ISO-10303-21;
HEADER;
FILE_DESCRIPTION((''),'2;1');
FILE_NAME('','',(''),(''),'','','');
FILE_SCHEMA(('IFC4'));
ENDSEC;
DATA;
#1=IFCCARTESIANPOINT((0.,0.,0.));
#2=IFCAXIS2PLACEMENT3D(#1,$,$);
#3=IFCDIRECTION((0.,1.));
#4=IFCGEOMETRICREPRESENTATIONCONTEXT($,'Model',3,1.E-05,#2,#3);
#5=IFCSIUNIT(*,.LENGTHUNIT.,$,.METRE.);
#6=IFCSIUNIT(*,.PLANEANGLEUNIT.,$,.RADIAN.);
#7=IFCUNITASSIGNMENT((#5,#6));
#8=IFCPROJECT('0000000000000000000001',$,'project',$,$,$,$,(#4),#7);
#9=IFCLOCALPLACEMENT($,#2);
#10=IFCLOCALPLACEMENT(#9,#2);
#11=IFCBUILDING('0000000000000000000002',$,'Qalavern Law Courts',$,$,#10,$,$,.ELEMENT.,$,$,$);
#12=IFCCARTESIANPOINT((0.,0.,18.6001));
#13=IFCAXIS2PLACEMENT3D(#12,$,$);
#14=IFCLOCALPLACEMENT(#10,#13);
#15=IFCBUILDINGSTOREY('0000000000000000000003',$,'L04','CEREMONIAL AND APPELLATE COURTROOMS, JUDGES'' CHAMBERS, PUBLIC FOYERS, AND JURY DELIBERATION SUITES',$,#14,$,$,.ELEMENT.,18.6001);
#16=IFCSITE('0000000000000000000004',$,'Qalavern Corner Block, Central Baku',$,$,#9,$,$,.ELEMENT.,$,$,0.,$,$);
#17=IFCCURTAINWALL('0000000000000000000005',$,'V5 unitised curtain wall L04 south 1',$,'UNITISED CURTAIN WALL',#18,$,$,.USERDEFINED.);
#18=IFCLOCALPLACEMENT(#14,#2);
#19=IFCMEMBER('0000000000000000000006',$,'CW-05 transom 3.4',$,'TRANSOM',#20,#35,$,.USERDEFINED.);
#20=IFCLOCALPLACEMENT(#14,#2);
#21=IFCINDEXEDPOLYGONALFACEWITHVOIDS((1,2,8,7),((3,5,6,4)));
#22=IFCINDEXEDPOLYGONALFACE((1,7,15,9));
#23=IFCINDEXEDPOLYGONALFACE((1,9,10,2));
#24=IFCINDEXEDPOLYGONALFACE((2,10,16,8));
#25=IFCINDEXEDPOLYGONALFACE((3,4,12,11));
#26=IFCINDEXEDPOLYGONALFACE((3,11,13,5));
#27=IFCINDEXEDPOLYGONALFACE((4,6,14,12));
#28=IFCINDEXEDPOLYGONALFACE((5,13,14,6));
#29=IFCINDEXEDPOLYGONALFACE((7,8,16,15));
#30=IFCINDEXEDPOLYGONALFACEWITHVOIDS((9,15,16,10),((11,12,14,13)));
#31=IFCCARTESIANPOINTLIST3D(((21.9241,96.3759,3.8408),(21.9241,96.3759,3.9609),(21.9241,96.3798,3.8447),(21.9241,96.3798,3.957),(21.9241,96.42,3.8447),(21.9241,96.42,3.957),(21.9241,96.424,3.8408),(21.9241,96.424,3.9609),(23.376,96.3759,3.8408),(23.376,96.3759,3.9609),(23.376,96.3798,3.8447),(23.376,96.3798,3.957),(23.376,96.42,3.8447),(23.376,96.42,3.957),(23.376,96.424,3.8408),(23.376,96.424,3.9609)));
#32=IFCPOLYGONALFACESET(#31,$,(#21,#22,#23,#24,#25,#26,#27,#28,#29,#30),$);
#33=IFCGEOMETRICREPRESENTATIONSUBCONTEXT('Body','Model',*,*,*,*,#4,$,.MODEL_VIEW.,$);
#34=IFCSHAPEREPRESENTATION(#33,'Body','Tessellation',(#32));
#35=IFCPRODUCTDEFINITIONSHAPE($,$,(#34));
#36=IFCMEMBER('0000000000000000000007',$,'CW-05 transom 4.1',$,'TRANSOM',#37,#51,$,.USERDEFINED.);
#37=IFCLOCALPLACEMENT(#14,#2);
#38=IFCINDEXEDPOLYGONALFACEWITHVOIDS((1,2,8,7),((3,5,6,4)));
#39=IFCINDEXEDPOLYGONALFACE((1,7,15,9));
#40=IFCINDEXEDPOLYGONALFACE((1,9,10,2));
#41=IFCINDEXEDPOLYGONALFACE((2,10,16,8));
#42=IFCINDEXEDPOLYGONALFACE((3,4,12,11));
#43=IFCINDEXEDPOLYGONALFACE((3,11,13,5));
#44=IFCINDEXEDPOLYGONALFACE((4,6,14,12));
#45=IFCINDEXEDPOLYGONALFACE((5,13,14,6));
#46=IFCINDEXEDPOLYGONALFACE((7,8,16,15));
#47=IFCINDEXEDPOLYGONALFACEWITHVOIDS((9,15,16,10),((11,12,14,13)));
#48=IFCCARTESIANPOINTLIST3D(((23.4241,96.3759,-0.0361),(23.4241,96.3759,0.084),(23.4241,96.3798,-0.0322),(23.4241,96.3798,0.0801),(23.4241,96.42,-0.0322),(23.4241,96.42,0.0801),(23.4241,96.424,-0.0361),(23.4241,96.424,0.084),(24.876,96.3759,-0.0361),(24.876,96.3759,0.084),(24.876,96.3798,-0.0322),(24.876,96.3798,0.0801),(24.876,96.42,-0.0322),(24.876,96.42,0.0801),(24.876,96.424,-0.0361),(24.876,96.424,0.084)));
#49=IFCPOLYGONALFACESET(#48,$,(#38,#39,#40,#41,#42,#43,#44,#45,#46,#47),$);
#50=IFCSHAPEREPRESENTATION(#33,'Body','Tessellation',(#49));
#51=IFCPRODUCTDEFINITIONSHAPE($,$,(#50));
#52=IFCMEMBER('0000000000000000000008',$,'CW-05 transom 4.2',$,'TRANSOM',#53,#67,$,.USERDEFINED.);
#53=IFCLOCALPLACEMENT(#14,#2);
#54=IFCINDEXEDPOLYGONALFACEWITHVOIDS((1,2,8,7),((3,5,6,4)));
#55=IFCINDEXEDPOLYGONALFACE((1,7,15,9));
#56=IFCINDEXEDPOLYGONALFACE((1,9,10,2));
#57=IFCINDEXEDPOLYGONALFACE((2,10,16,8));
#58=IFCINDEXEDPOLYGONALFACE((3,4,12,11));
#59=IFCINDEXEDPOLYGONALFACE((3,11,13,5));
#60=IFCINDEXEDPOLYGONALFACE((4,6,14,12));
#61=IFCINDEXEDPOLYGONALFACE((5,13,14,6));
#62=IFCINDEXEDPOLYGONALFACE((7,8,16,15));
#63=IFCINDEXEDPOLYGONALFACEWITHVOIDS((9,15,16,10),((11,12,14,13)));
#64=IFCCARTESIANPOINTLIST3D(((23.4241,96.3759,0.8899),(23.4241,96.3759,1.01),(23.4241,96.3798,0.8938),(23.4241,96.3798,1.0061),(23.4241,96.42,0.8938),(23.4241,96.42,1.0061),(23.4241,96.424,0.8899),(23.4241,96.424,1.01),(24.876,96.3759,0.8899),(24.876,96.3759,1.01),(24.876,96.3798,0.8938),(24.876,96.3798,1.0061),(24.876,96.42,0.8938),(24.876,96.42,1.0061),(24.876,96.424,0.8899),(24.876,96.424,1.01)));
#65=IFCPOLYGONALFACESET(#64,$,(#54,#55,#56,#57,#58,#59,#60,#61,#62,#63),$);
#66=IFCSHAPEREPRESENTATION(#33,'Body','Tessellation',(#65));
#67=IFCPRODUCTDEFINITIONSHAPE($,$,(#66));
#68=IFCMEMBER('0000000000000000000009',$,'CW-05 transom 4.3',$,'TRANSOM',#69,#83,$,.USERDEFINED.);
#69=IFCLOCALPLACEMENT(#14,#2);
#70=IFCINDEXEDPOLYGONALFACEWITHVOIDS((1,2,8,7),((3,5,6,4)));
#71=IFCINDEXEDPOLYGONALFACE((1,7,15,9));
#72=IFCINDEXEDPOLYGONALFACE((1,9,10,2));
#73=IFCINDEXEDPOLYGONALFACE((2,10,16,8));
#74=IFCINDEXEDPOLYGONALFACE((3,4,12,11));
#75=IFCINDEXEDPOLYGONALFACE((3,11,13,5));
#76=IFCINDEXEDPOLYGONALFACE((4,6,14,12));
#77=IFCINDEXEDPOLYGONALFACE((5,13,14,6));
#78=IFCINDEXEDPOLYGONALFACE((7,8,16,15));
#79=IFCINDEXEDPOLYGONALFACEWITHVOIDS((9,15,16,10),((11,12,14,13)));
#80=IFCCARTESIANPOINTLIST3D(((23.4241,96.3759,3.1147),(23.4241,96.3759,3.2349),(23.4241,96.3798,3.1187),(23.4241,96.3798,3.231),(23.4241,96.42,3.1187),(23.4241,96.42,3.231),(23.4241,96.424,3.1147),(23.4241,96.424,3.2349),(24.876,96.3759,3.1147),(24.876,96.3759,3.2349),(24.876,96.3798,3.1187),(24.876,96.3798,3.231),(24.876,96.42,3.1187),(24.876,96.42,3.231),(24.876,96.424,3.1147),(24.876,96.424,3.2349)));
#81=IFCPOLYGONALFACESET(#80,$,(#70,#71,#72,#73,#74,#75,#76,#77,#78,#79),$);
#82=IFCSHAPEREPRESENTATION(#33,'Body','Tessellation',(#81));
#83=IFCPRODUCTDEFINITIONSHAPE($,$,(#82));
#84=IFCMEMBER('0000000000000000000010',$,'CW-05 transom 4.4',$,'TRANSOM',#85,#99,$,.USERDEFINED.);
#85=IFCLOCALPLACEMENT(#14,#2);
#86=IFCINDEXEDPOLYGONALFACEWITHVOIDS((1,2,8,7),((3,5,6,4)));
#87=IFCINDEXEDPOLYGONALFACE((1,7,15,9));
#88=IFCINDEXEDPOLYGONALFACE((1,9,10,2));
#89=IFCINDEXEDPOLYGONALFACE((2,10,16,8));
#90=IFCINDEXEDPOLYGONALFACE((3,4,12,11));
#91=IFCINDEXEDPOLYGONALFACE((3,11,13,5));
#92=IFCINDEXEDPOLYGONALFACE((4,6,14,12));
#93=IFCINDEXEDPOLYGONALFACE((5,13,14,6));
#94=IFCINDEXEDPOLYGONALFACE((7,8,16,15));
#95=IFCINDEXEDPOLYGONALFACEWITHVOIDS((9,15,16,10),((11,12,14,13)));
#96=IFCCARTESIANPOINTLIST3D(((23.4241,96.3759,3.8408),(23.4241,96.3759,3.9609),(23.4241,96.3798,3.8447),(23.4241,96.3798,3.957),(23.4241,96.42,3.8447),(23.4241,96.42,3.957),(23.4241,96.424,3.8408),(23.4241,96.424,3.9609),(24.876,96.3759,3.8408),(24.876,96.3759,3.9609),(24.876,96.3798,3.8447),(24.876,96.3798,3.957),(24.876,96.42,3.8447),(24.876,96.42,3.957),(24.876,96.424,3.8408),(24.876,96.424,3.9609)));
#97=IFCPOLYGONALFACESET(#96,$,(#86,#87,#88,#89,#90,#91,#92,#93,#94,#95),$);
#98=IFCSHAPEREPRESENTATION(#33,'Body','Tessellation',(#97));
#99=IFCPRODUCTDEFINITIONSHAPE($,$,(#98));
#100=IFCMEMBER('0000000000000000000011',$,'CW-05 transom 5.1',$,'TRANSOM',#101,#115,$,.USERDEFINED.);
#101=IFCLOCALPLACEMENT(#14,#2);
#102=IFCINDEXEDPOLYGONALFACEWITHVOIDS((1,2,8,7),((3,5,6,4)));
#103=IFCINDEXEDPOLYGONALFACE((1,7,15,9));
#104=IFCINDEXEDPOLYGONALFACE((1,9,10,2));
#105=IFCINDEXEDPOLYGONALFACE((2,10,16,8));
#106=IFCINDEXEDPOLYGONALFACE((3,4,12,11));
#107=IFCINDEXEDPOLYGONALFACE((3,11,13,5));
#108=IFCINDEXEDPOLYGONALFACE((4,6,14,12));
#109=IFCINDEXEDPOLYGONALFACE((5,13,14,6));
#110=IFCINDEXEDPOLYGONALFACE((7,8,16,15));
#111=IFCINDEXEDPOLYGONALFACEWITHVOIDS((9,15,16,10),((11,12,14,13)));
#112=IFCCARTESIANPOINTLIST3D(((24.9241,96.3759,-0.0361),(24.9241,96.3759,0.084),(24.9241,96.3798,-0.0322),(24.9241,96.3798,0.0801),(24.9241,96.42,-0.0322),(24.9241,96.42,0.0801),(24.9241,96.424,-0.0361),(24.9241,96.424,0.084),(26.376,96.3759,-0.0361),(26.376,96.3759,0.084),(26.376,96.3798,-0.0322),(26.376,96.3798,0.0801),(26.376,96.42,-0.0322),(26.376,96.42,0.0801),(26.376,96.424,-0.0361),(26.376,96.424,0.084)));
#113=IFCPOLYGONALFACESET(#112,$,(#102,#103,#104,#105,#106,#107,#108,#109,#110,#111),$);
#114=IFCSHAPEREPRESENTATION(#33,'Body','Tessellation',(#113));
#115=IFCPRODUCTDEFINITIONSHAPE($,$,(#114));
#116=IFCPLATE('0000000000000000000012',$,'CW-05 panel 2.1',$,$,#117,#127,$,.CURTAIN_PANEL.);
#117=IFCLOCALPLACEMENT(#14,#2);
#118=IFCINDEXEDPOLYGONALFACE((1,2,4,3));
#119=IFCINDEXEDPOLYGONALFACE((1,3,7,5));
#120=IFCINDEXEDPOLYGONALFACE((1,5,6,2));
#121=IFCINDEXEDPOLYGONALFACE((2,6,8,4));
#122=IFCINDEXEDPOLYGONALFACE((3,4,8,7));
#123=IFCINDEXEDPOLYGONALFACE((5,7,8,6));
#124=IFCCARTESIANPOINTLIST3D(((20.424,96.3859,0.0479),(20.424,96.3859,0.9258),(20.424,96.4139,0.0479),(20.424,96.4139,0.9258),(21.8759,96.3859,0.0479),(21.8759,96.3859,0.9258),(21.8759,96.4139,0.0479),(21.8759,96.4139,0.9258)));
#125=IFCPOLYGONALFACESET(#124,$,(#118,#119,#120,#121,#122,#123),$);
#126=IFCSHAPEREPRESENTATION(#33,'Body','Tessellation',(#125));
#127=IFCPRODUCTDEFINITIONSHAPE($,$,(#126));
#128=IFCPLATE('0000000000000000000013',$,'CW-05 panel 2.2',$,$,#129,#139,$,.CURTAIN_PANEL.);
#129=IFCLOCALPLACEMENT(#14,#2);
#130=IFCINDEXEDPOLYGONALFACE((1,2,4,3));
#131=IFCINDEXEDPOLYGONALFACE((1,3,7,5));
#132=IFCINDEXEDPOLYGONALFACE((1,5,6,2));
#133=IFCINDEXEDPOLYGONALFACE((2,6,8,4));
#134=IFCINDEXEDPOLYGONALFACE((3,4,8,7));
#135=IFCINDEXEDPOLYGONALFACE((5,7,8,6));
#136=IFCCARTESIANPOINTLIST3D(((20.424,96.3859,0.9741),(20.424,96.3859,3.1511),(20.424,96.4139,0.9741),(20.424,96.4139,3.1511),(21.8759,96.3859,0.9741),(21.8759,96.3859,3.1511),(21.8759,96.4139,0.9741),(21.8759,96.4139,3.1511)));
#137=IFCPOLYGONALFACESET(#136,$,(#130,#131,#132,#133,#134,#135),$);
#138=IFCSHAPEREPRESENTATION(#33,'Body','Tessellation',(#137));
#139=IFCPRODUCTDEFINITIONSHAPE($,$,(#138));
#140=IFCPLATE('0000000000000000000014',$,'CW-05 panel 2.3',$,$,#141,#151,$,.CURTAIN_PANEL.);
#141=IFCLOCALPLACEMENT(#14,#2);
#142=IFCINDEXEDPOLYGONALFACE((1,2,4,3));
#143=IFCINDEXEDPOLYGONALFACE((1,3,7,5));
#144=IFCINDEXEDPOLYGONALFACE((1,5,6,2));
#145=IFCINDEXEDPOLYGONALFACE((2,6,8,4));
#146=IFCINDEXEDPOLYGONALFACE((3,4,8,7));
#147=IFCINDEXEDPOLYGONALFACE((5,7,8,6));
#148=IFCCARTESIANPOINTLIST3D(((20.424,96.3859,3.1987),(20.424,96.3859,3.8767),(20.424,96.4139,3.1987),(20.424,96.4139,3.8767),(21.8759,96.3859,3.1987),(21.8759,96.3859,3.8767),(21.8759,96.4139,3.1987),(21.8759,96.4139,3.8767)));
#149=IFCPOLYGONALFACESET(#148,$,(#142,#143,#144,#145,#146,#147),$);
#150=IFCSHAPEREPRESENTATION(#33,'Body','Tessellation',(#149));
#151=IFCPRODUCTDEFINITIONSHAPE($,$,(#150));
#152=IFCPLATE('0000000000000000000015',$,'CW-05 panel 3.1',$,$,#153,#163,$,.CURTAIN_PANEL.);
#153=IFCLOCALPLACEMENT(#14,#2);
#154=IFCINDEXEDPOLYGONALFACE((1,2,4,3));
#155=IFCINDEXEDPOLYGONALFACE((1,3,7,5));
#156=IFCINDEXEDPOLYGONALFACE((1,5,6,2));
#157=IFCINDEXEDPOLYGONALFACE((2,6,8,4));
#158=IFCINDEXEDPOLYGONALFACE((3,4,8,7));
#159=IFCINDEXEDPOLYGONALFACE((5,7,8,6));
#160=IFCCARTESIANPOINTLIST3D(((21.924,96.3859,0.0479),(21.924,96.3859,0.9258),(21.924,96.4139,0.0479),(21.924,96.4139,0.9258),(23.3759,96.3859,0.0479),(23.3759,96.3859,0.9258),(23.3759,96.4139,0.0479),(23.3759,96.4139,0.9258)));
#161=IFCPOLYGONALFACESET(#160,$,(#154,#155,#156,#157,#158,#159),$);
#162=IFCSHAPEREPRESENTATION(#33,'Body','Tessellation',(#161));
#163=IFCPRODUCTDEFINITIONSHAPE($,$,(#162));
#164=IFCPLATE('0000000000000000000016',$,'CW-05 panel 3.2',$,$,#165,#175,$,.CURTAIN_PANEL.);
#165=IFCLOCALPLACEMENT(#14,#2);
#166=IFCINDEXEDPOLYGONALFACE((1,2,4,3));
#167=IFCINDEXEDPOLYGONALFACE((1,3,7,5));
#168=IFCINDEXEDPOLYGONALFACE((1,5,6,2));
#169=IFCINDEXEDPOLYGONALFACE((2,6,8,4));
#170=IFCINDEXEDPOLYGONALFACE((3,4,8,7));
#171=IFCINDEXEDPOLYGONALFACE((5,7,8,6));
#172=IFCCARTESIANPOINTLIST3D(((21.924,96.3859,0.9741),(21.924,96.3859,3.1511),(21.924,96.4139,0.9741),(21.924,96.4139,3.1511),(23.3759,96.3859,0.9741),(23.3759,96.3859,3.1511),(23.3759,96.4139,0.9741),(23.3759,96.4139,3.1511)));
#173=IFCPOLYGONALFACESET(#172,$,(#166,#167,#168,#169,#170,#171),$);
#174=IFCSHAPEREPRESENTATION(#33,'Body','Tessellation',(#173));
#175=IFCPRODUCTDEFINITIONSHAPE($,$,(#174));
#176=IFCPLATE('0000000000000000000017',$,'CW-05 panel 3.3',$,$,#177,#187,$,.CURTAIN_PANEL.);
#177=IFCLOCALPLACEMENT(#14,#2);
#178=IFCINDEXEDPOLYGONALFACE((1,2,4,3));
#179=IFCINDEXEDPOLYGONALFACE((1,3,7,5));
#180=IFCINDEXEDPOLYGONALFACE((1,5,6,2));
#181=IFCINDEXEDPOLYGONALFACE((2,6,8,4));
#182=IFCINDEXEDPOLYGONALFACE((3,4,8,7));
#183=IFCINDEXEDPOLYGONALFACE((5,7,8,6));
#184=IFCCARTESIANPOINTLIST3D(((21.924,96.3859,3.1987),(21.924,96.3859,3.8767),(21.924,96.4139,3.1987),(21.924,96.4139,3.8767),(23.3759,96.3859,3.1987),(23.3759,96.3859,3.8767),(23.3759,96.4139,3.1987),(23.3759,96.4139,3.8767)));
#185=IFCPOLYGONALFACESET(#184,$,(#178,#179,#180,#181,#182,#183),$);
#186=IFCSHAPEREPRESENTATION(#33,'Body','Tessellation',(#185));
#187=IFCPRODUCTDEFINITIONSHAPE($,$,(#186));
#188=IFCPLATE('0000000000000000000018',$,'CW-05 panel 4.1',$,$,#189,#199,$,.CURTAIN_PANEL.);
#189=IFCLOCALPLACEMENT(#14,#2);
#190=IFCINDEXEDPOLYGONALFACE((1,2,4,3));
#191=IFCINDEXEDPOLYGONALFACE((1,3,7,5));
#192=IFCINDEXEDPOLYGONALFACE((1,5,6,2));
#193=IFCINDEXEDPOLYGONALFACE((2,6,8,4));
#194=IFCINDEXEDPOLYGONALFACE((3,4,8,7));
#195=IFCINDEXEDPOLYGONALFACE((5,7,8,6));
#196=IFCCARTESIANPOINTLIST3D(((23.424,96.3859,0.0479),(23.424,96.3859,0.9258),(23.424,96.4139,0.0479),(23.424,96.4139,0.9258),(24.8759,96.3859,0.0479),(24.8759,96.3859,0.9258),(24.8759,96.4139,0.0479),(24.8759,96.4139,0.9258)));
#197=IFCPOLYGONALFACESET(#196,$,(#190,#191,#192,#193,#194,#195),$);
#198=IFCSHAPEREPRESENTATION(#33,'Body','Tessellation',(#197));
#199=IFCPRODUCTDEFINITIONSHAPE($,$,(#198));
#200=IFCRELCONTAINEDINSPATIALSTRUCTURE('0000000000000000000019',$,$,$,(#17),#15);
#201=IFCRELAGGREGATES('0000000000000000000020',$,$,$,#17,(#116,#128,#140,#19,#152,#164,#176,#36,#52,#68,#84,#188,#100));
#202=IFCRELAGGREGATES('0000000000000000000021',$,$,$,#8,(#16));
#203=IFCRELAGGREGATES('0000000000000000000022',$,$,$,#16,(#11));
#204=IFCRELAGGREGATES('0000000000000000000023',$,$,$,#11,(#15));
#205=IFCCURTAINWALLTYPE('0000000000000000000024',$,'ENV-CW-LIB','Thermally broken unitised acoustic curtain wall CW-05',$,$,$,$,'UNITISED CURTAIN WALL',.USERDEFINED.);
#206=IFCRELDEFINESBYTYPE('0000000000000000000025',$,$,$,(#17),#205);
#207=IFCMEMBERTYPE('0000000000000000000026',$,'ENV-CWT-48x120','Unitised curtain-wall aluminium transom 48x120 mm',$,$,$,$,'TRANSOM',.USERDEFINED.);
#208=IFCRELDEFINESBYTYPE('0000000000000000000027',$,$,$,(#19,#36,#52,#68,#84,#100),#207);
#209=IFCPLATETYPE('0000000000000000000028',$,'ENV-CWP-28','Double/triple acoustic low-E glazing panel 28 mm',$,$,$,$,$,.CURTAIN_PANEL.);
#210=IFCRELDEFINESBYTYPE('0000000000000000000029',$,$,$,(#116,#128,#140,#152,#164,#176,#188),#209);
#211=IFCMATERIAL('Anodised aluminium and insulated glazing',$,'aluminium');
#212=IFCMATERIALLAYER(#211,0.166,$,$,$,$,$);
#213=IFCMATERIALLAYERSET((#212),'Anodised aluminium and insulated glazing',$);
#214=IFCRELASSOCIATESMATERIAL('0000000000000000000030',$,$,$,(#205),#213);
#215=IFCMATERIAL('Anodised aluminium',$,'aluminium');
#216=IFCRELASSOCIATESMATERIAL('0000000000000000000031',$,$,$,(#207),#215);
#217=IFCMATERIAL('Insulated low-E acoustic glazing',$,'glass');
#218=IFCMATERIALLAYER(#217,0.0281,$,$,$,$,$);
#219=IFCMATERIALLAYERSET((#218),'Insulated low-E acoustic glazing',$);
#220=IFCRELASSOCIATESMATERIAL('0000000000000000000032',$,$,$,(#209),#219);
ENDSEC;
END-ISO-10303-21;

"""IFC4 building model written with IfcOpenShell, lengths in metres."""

from ifc_helpers import new_model, si_unit, direction, frame, origin, origin_2d, place, context, subcontext, project, spatial, rectangle, hollow_rectangle, extrude, material, layer, layer_set, material_profile, profile_set, type_object, element, aggregate, save


model = new_model("IFC4")

# Units and contexts
model_context = context("Model", 3, precision=1e-05, world=origin(), true_north=direction((0.0, 1.0)))
body_context = subcontext(model_context, "Body", "Model", "MODEL_VIEW")
ifc_project = project(units=[si_unit("LENGTHUNIT", "METRE"), si_unit("PLANEANGLEUNIT", "RADIAN")], contexts=[model_context])

# Site, building, storey
site_placement = place(None, origin())
site = spatial("IfcSite", under=ifc_project, at=site_placement, Name="Qalavern Corner Block, Central Baku", CompositionType="ELEMENT", RefElevation=0.0)
building_placement = place(site_placement, origin())
building = spatial("IfcBuilding", under=site, at=building_placement, Name="Qalavern Law Courts", CompositionType="ELEMENT")
storey_placement = place(building_placement, frame((0.0, 0.0, 18.6001)))
storey = spatial("IfcBuildingStorey", under=building, at=storey_placement, Name="L04", Description="CEREMONIAL AND APPELLATE COURTROOMS, JUDGES' CHAMBERS, PUBLIC FOYERS, AND JURY DELIBERATION SUITES", CompositionType="ELEMENT", Elevation=18.6001)

# Curtain wall, members, plates
ifc_material_1 = material(Name="Anodised aluminium and insulated glazing", Category="aluminium")
ifc_layer_1 = layer(ifc_material_1, 0.166)
ifc_layer_set_1 = layer_set([ifc_layer_1], Name="Anodised aluminium and insulated glazing")
curtain_wall_type = type_object("IfcCurtainWallType", Name="ENV-CW-LIB", Description="Thermally broken unitised acoustic curtain wall CW-05", ElementType="UNITISED CURTAIN WALL", PredefinedType="USERDEFINED", material=ifc_layer_set_1)
curtain_wall_placement = place(storey_placement, origin())
curtain_wall = element("IfcCurtainWall", 1, at=curtain_wall_placement, inside=storey, type_object=curtain_wall_type, Name="V5 unitised curtain wall L04 south 1", ObjectType="UNITISED CURTAIN WALL", PredefinedType="USERDEFINED")
ifc_material_2 = material(Name="Anodised aluminium", Category="aluminium")
ifc_material_profile_1 = material_profile(ifc_material_2, hollow_rectangle(XDim=0.0481, YDim=0.1201, WallThickness=0.0039, at=origin_2d()), Name="ALU TRANSOM 48x120")
ifc_profile_set_1 = profile_set([ifc_material_profile_1], Name="Anodised aluminium")
member_type_1 = type_object("IfcMemberType", Name="ENV-CWT-48x120", Description="Unitised curtain-wall aluminium transom 48x120 mm", ElementType="TRANSOM", PredefinedType="USERDEFINED", material=ifc_profile_set_1)
member_1_placement = place(storey_placement, frame((21.9241, 96.3999, 3.9009), z_axis=(1.0, 0.0, 0.0), x_axis=(0.0, 1.0, 0.0)))
member_1 = element("IfcMember", 2, at=member_1_placement, type_object=member_type_1, Name="CW-05 transom 3.4", ObjectType="TRANSOM", PredefinedType="USERDEFINED", context=body_context, shape_type="SweptSolid", body=[
    extrude(hollow_rectangle(XDim=0.0481, YDim=0.1201, WallThickness=0.0039, at=origin_2d()), origin(), (0.0, 0.0, 1.0), 1.4519),
])
member_2_placement = place(storey_placement, frame((23.4241, 96.3999, 0.0239), z_axis=(1.0, 0.0, 0.0), x_axis=(0.0, 1.0, 0.0)))
member_2 = element("IfcMember", 3, at=member_2_placement, type_object=member_type_1, Name="CW-05 transom 4.1", ObjectType="TRANSOM", PredefinedType="USERDEFINED", context=body_context, shape_type="SweptSolid", body=[
    extrude(hollow_rectangle(XDim=0.0481, YDim=0.1201, WallThickness=0.0039, at=origin_2d()), origin(), (0.0, 0.0, 1.0), 1.4519),
])
member_3_placement = place(storey_placement, frame((23.4241, 96.3999, 0.95), z_axis=(1.0, 0.0, 0.0), x_axis=(0.0, 1.0, 0.0)))
member_3 = element("IfcMember", 4, at=member_3_placement, type_object=member_type_1, Name="CW-05 transom 4.2", ObjectType="TRANSOM", PredefinedType="USERDEFINED", context=body_context, shape_type="SweptSolid", body=[
    extrude(hollow_rectangle(XDim=0.0481, YDim=0.1201, WallThickness=0.0039, at=origin_2d()), origin(), (0.0, 0.0, 1.0), 1.4519),
])
member_4_placement = place(storey_placement, frame((23.4241, 96.3999, 3.1748), z_axis=(1.0, 0.0, 0.0), x_axis=(0.0, 1.0, 0.0)))
member_4 = element("IfcMember", 5, at=member_4_placement, type_object=member_type_1, Name="CW-05 transom 4.3", ObjectType="TRANSOM", PredefinedType="USERDEFINED", context=body_context, shape_type="SweptSolid", body=[
    extrude(hollow_rectangle(XDim=0.0481, YDim=0.1201, WallThickness=0.0039, at=origin_2d()), origin(), (0.0, 0.0, 1.0), 1.4519),
])
member_5_placement = place(storey_placement, frame((23.4241, 96.3999, 3.9009), z_axis=(1.0, 0.0, 0.0), x_axis=(0.0, 1.0, 0.0)))
member_5 = element("IfcMember", 6, at=member_5_placement, type_object=member_type_1, Name="CW-05 transom 4.4", ObjectType="TRANSOM", PredefinedType="USERDEFINED", context=body_context, shape_type="SweptSolid", body=[
    extrude(hollow_rectangle(XDim=0.0481, YDim=0.1201, WallThickness=0.0039, at=origin_2d()), origin(), (0.0, 0.0, 1.0), 1.4519),
])
member_6_placement = place(storey_placement, frame((24.9241, 96.3999, 0.0239), z_axis=(1.0, 0.0, 0.0), x_axis=(0.0, 1.0, 0.0)))
member_6 = element("IfcMember", 7, at=member_6_placement, type_object=member_type_1, Name="CW-05 transom 5.1", ObjectType="TRANSOM", PredefinedType="USERDEFINED", context=body_context, shape_type="SweptSolid", body=[
    extrude(hollow_rectangle(XDim=0.0481, YDim=0.1201, WallThickness=0.0039, at=origin_2d()), origin(), (0.0, 0.0, 1.0), 1.4519),
])
ifc_material_3 = material(Name="Insulated low-E acoustic glazing", Category="glass")
ifc_layer_2 = layer(ifc_material_3, 0.0281)
ifc_layer_set_2 = layer_set([ifc_layer_2], Name="Insulated low-E acoustic glazing")
plate_type = type_object("IfcPlateType", Name="ENV-CWP-28", Description="Double/triple acoustic low-E glazing panel 28 mm", PredefinedType="CURTAIN_PANEL", material=ifc_layer_set_2)
plate_1_placement = place(storey_placement, frame((21.1499, 96.3999, 0.0479), z_axis=(0.0, 0.0, 1.0), x_axis=(1.0, 0.0, 0.0)))
plate_1 = element("IfcPlate", 8, at=plate_1_placement, type_object=plate_type, Name="CW-05 panel 2.1", PredefinedType="CURTAIN_PANEL", context=body_context, shape_type="SweptSolid", body=[
    extrude(rectangle(XDim=1.4519, YDim=0.0281, at=origin_2d()), origin(), (0.0, 0.0, 1.0), 0.8779),
])
plate_2_placement = place(storey_placement, frame((21.1499, 96.3999, 0.9741), z_axis=(0.0, 0.0, 1.0), x_axis=(1.0, 0.0, 0.0)))
plate_2 = element("IfcPlate", 9, at=plate_2_placement, type_object=plate_type, Name="CW-05 panel 2.2", PredefinedType="CURTAIN_PANEL", context=body_context, shape_type="SweptSolid", body=[
    extrude(rectangle(XDim=1.4519, YDim=0.0281, at=origin_2d()), origin(), (0.0, 0.0, 1.0), 2.177),
])
plate_3_placement = place(storey_placement, frame((21.1499, 96.3999, 3.1987), z_axis=(0.0, 0.0, 1.0), x_axis=(1.0, 0.0, 0.0)))
plate_3 = element("IfcPlate", 10, at=plate_3_placement, type_object=plate_type, Name="CW-05 panel 2.3", PredefinedType="CURTAIN_PANEL", context=body_context, shape_type="SweptSolid", body=[
    extrude(rectangle(XDim=1.4519, YDim=0.0281, at=origin_2d()), origin(), (0.0, 0.0, 1.0), 0.678),
])
plate_4_placement = place(storey_placement, frame((22.6499, 96.3999, 0.0479), z_axis=(0.0, 0.0, 1.0), x_axis=(1.0, 0.0, 0.0)))
plate_4 = element("IfcPlate", 11, at=plate_4_placement, type_object=plate_type, Name="CW-05 panel 3.1", PredefinedType="CURTAIN_PANEL", context=body_context, shape_type="SweptSolid", body=[
    extrude(rectangle(XDim=1.4519, YDim=0.0281, at=origin_2d()), origin(), (0.0, 0.0, 1.0), 0.8779),
])
plate_5_placement = place(storey_placement, frame((22.6499, 96.3999, 0.9741), z_axis=(0.0, 0.0, 1.0), x_axis=(1.0, 0.0, 0.0)))
plate_5 = element("IfcPlate", 12, at=plate_5_placement, type_object=plate_type, Name="CW-05 panel 3.2", PredefinedType="CURTAIN_PANEL", context=body_context, shape_type="SweptSolid", body=[
    extrude(rectangle(XDim=1.4519, YDim=0.0281, at=origin_2d()), origin(), (0.0, 0.0, 1.0), 2.177),
])
plate_6_placement = place(storey_placement, frame((22.6499, 96.3999, 3.1987), z_axis=(0.0, 0.0, 1.0), x_axis=(1.0, 0.0, 0.0)))
plate_6 = element("IfcPlate", 13, at=plate_6_placement, type_object=plate_type, Name="CW-05 panel 3.3", PredefinedType="CURTAIN_PANEL", context=body_context, shape_type="SweptSolid", body=[
    extrude(rectangle(XDim=1.4519, YDim=0.0281, at=origin_2d()), origin(), (0.0, 0.0, 1.0), 0.678),
])
plate_7_placement = place(storey_placement, frame((24.1499, 96.3999, 0.0479), z_axis=(0.0, 0.0, 1.0), x_axis=(1.0, 0.0, 0.0)))
plate_7 = element("IfcPlate", 14, at=plate_7_placement, type_object=plate_type, Name="CW-05 panel 4.1", PredefinedType="CURTAIN_PANEL", context=body_context, shape_type="SweptSolid", body=[
    extrude(rectangle(XDim=1.4519, YDim=0.0281, at=origin_2d()), origin(), (0.0, 0.0, 1.0), 0.8779),
])
aggregate(curtain_wall, [plate_1, plate_2, plate_3, member_1, plate_4, plate_5, plate_6, member_2, member_3, member_4, member_5, plate_7, member_6])

save(model, "model.ifc")
